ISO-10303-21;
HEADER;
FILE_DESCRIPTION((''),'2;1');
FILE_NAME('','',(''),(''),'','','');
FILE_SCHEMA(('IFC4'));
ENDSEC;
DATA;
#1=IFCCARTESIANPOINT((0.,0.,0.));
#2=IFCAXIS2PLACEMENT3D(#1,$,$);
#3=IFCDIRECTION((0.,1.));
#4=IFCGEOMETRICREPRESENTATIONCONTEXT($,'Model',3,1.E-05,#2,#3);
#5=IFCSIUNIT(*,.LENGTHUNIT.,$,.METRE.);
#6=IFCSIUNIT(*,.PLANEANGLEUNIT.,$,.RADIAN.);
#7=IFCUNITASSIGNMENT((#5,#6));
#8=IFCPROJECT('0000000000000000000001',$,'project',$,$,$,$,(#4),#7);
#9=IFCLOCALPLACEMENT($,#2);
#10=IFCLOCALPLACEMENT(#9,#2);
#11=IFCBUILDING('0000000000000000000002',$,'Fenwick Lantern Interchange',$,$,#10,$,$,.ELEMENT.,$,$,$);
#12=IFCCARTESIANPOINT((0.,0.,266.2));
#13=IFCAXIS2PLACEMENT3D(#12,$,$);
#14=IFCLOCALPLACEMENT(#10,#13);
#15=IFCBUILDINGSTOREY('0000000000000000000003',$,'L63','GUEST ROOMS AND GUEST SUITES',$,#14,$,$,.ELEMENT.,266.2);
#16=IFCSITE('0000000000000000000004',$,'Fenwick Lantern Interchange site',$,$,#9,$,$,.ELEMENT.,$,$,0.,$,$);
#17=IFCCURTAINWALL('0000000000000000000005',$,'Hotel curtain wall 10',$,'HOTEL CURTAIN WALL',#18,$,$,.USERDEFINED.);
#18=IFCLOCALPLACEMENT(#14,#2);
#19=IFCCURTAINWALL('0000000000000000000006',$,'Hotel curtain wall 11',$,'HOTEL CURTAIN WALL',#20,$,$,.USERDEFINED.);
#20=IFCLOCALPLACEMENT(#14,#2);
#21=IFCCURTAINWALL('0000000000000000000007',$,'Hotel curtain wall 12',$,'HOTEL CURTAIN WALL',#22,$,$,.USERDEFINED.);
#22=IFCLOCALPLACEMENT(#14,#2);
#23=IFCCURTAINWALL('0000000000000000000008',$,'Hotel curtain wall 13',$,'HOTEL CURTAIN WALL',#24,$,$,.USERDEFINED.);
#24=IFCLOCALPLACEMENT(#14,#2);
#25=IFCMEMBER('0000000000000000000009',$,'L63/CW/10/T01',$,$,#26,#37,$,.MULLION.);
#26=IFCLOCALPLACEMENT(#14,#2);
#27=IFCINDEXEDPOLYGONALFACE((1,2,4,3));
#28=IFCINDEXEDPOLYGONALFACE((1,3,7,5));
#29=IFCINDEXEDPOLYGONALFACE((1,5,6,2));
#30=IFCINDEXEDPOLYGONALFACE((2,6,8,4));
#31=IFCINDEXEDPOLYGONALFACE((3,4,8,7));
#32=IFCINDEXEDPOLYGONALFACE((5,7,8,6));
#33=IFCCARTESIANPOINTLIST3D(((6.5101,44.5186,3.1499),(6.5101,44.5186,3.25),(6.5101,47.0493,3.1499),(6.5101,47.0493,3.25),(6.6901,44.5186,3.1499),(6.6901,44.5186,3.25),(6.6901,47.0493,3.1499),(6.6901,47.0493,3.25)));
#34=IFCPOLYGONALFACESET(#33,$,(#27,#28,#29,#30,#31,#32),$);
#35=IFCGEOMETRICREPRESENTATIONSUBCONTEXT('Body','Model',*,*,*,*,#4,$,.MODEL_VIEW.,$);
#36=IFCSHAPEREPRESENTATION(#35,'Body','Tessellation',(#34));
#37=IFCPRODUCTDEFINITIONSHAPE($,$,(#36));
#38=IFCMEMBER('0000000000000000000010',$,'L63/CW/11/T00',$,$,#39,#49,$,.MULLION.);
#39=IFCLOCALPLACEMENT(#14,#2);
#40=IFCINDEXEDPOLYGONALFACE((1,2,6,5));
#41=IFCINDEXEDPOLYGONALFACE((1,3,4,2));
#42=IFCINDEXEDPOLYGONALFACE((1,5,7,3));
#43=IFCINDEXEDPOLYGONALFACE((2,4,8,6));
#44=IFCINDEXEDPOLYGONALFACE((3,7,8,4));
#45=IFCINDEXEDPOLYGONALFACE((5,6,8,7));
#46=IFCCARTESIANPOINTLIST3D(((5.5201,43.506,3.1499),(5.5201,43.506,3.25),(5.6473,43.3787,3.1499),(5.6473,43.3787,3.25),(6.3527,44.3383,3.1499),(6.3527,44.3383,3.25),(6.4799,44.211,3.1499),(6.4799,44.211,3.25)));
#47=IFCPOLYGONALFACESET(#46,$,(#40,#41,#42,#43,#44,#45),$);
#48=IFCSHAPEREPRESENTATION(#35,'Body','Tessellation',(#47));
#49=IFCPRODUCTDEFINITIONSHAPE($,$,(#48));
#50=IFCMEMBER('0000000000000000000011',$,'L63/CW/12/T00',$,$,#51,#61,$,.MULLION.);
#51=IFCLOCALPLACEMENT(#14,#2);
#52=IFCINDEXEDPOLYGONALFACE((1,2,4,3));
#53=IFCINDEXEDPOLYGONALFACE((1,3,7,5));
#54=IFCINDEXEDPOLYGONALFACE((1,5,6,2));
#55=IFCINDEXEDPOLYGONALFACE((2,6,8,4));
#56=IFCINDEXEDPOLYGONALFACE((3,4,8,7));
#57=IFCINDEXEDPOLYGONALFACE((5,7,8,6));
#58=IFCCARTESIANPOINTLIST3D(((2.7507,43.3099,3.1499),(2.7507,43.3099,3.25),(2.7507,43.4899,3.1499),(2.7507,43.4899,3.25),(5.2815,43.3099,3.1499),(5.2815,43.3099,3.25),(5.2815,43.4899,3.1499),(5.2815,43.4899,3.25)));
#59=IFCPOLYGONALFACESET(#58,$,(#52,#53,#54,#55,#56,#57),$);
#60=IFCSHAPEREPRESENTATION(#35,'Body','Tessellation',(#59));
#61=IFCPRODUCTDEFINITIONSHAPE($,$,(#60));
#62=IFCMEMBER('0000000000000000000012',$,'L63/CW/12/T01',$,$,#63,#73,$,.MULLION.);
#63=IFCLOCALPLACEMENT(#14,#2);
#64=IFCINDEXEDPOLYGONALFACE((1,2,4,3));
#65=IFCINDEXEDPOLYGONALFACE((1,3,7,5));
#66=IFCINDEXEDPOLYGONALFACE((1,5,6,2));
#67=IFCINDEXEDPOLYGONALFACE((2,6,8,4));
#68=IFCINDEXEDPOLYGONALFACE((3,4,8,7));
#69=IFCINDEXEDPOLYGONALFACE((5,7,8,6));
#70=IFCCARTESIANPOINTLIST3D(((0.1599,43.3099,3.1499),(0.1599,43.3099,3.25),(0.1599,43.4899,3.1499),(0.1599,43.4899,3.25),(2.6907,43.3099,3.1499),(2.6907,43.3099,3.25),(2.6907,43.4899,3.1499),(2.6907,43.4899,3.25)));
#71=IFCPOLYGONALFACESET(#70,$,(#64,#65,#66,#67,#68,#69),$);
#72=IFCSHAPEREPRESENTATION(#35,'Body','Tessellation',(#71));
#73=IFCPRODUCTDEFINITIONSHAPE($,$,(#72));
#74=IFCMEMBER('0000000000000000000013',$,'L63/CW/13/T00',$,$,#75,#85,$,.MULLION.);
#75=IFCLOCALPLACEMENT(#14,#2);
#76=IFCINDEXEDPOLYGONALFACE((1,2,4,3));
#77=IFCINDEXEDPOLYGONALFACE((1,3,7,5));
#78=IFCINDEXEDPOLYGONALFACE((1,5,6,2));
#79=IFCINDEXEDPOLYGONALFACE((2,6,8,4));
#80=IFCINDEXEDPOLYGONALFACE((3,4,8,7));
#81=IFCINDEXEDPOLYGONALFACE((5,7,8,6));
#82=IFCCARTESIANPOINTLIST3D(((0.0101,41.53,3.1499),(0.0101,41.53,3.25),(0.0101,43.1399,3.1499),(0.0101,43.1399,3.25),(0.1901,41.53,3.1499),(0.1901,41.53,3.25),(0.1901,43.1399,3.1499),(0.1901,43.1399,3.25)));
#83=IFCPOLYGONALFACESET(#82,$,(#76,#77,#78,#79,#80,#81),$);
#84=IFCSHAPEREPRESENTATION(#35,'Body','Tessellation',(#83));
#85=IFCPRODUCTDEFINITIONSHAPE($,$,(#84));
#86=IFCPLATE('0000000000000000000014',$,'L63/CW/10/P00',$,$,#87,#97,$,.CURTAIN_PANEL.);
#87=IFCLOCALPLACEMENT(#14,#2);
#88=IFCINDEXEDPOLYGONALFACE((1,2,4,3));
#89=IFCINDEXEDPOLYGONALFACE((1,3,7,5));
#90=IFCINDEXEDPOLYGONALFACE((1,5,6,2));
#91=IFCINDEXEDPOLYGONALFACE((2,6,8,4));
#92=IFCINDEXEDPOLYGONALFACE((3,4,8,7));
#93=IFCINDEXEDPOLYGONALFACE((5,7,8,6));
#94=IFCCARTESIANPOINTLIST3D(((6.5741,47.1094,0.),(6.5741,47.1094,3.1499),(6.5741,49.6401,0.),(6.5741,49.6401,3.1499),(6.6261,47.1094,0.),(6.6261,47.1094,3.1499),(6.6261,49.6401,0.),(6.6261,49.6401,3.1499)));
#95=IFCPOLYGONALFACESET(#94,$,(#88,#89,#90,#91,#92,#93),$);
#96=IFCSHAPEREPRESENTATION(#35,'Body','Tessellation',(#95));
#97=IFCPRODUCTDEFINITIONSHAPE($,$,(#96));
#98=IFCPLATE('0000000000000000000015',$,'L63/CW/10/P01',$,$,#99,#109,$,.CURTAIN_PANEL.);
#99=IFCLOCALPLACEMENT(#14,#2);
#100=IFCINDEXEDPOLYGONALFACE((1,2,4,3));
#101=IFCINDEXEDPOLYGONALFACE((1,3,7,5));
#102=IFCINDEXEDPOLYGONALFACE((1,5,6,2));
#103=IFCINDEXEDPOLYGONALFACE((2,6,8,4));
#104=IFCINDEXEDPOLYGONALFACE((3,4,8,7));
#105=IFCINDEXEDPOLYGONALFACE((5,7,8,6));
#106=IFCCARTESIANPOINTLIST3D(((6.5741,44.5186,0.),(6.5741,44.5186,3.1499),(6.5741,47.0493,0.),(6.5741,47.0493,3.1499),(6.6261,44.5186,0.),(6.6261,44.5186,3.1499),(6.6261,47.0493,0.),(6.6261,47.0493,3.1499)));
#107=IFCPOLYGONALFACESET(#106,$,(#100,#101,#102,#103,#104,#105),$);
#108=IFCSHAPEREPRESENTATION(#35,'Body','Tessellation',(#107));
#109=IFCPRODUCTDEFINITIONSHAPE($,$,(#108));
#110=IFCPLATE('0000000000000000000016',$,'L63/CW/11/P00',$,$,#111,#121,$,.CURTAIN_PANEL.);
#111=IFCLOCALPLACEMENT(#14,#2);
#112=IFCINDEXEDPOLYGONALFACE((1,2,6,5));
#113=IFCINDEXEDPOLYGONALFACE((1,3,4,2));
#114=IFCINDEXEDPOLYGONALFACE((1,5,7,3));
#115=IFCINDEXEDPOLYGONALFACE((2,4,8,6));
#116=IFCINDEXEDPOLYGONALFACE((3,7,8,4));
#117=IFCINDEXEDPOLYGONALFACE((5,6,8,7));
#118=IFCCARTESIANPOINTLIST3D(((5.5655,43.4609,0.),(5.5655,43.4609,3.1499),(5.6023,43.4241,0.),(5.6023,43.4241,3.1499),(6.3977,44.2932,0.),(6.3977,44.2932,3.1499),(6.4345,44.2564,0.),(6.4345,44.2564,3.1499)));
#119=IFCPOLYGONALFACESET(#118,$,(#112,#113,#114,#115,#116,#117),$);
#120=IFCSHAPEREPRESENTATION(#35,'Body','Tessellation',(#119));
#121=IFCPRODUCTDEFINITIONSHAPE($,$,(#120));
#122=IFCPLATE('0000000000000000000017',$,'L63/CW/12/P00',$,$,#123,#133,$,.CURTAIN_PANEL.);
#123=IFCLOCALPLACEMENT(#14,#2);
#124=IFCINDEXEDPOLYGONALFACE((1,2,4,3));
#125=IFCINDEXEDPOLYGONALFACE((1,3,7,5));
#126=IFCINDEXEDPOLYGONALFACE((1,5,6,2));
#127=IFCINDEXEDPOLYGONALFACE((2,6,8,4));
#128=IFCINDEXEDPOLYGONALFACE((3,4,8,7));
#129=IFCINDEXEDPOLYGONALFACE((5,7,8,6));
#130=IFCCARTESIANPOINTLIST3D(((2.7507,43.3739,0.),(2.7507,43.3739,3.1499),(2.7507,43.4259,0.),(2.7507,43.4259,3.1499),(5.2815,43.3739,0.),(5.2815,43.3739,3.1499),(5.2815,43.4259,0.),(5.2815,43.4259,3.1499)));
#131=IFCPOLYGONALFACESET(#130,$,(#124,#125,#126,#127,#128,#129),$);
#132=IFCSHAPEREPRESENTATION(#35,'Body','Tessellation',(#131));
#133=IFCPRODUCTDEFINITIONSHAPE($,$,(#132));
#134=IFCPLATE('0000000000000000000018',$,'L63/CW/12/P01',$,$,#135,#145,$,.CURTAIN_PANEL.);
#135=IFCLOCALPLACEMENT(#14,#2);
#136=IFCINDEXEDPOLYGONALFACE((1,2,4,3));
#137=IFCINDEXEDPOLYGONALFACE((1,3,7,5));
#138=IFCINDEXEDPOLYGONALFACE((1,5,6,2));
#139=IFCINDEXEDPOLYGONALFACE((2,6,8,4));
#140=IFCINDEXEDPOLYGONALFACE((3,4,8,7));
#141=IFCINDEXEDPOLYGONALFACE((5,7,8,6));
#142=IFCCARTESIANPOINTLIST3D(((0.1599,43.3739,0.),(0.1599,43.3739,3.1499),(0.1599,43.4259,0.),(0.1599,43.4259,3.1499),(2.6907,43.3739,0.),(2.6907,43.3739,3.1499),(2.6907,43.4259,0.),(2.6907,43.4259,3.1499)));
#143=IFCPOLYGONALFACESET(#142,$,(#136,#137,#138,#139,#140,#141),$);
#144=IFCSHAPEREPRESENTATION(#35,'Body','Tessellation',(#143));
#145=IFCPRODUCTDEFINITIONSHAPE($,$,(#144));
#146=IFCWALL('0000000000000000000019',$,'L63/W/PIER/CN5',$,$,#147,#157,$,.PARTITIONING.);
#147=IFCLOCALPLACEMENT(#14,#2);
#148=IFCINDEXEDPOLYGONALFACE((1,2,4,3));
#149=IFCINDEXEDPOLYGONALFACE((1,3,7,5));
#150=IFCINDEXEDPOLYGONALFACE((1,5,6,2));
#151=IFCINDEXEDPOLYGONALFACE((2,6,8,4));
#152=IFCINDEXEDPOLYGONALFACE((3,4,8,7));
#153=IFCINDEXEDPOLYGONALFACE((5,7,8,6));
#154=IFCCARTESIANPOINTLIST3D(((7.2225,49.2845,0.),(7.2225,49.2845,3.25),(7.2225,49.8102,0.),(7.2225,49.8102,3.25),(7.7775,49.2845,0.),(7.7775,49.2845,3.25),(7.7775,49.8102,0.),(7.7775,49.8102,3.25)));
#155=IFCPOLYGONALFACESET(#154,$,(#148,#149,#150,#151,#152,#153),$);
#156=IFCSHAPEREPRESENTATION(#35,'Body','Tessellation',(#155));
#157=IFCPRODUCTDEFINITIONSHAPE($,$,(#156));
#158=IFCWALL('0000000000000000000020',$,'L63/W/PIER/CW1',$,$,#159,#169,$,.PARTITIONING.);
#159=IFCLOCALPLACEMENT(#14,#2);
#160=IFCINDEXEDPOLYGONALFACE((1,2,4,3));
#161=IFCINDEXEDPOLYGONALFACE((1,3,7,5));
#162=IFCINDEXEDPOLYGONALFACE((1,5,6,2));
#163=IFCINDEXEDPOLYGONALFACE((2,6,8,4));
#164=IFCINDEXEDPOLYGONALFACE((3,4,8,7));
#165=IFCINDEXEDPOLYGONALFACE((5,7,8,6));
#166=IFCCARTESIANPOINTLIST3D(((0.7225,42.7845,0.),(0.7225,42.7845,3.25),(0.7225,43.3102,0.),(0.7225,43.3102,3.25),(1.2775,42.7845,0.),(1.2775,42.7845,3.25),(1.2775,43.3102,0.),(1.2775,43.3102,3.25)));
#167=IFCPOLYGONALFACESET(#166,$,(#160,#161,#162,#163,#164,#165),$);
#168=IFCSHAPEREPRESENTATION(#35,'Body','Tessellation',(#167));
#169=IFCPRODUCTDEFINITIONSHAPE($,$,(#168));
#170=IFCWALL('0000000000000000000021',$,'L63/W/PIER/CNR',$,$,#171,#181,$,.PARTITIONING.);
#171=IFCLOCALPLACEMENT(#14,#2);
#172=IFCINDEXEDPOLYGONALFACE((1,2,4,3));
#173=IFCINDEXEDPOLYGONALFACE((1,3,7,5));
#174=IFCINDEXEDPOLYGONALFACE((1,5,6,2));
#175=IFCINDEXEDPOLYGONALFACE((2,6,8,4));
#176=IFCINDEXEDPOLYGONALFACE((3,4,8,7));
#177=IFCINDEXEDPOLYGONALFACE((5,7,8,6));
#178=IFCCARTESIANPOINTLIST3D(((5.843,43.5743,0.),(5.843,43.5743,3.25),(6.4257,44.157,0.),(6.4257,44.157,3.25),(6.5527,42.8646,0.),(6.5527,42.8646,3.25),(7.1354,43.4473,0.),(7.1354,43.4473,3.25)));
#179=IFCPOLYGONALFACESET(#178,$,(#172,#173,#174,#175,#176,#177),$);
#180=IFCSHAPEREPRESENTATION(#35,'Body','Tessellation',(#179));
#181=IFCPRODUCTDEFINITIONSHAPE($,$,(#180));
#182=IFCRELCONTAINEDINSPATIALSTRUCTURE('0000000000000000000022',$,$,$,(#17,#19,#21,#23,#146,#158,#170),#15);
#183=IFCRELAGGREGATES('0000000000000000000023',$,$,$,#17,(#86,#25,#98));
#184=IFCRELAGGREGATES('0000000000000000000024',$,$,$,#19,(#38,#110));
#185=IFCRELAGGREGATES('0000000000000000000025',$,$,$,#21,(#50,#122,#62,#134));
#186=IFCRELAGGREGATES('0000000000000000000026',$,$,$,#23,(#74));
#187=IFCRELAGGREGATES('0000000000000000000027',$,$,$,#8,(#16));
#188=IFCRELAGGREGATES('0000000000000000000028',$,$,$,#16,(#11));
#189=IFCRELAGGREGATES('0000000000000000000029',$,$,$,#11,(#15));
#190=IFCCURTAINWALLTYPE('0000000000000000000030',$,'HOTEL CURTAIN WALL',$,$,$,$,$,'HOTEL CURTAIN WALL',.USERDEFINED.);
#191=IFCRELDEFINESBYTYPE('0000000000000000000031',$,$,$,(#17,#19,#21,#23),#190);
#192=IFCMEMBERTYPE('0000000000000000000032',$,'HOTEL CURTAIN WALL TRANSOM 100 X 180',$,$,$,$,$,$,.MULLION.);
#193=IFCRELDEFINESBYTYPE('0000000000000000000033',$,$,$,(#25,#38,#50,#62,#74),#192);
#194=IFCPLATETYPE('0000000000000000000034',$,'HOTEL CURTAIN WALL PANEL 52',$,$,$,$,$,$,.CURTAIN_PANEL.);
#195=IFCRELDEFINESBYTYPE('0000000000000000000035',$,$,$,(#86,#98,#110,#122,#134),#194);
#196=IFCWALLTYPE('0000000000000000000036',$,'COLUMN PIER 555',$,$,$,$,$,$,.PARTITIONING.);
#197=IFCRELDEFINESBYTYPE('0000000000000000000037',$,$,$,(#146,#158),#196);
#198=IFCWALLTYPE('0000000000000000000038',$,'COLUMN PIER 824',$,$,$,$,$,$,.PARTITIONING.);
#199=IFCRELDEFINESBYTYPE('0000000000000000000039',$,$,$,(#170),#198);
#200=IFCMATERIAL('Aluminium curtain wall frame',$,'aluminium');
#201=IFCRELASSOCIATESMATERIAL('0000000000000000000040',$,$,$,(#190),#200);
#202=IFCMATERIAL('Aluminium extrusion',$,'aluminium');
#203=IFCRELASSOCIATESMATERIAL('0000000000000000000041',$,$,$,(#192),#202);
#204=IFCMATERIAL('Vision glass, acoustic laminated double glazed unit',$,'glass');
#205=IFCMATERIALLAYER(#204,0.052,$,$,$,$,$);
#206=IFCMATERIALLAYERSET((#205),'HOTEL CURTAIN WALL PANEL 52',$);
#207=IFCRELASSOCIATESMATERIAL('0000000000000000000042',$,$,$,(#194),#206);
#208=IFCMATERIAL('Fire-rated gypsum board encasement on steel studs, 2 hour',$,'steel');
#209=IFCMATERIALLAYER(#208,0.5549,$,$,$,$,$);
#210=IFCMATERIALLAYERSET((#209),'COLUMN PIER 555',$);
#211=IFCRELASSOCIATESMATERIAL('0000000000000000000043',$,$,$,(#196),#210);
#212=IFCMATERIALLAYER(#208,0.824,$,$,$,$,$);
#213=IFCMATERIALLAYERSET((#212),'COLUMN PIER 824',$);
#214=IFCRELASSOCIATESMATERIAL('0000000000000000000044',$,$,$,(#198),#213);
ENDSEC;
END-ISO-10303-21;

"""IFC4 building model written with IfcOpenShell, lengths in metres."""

from ifc_helpers import new_model, si_unit, direction, frame, frame_2d, origin, origin_2d, place, context, subcontext, project, spatial, rectangle, extrude, material, layer, layer_set, material_profile, profile_set, type_object, element, aggregate, save


model = new_model("IFC4")

# Units and contexts
model_context = context("Model", 3, precision=1e-05, world=origin(), true_north=direction((0.0, 1.0)))
body_context = subcontext(model_context, "Body", "Model", "MODEL_VIEW")
ifc_project = project(units=[si_unit("LENGTHUNIT", "METRE"), si_unit("PLANEANGLEUNIT", "RADIAN")], contexts=[model_context])

# Site, building, storey
site_placement = place(None, origin())
site = spatial("IfcSite", under=ifc_project, at=site_placement, Name="Fenwick Lantern Interchange site", CompositionType="ELEMENT", RefElevation=0.0)
building_placement = place(site_placement, origin())
building = spatial("IfcBuilding", under=site, at=building_placement, Name="Fenwick Lantern Interchange", CompositionType="ELEMENT")
storey_placement = place(building_placement, frame((0.0, 0.0, 266.2)))
storey = spatial("IfcBuildingStorey", under=building, at=storey_placement, Name="L63", Description="GUEST ROOMS AND GUEST SUITES", CompositionType="ELEMENT", Elevation=266.2)

# Shared definitions
ifc_material_1 = material(Name="Aluminium curtain wall frame", Category="aluminium")
curtain_wall_type = type_object("IfcCurtainWallType", Name="HOTEL CURTAIN WALL", ElementType="HOTEL CURTAIN WALL", PredefinedType="USERDEFINED", material=ifc_material_1)
ifc_material_2 = material(Name="Aluminium extrusion", Category="aluminium")

# Curtain walls
curtain_wall_1_placement = place(storey_placement, origin())
curtain_wall_1 = element("IfcCurtainWall", 1, at=curtain_wall_1_placement, inside=storey, type_object=curtain_wall_type, Name="Hotel curtain wall 10", ObjectType="HOTEL CURTAIN WALL", PredefinedType="USERDEFINED")
curtain_wall_2_placement = place(storey_placement, origin())
curtain_wall_2 = element("IfcCurtainWall", 2, at=curtain_wall_2_placement, inside=storey, type_object=curtain_wall_type, Name="Hotel curtain wall 11", ObjectType="HOTEL CURTAIN WALL", PredefinedType="USERDEFINED")
curtain_wall_3_placement = place(storey_placement, origin())
curtain_wall_3 = element("IfcCurtainWall", 3, at=curtain_wall_3_placement, inside=storey, type_object=curtain_wall_type, Name="Hotel curtain wall 12", ObjectType="HOTEL CURTAIN WALL", PredefinedType="USERDEFINED")

# Curtain wall
curtain_wall_4_placement = place(storey_placement, origin())
curtain_wall_4 = element("IfcCurtainWall", 4, at=curtain_wall_4_placement, inside=storey, type_object=curtain_wall_type, Name="Hotel curtain wall 13", ObjectType="HOTEL CURTAIN WALL", PredefinedType="USERDEFINED")

# Members
ifc_material_profile_1 = material_profile(ifc_material_2, rectangle(XDim=0.1799, YDim=0.1001, at=origin_2d()), Name="HOTEL CURTAIN WALL TRANSOM 100 X 180")
ifc_profile_set_1 = profile_set([ifc_material_profile_1], Name="Aluminium extrusion")
member_type_1 = type_object("IfcMemberType", Name="HOTEL CURTAIN WALL TRANSOM 100 X 180", PredefinedType="MULLION", material=ifc_profile_set_1)
member_1_placement = place(storey_placement, frame((6.6001, 47.0493, 3.2), z_axis=(0.0, -1.0, 0.0), x_axis=(1.0, 0.0, 0.0)))
member_1 = element("IfcMember", 5, at=member_1_placement, type_object=member_type_1, Name="L63/CW/10/T01", PredefinedType="MULLION", context=body_context, shape_type="SweptSolid", body=[
    extrude(rectangle(XDim=0.1799, YDim=0.1001, at=origin_2d()), origin(), (0.0, 0.0, 1.0), 2.5308),
])
member_2_placement = place(storey_placement, frame((6.4163, 44.2747, 3.2), z_axis=(-0.70721, -0.707003, 0.0), x_axis=(0.707003, -0.70721, 0.0)))
member_2 = element("IfcMember", 6, at=member_2_placement, type_object=member_type_1, Name="L63/CW/11/T00", PredefinedType="MULLION", context=body_context, shape_type="SweptSolid", body=[
    extrude(rectangle(XDim=0.1799, YDim=0.1001, at=origin_2d()), origin(), (0.0, 0.0, 1.0), 1.1772),
])
member_3_placement = place(storey_placement, frame((5.2815, 43.3999, 3.2), z_axis=(-1.0, 0.0, 0.0), x_axis=(0.0, -1.0, 0.0)))
member_3 = element("IfcMember", 7, at=member_3_placement, type_object=member_type_1, Name="L63/CW/12/T00", PredefinedType="MULLION", context=body_context, shape_type="SweptSolid", body=[
    extrude(rectangle(XDim=0.1799, YDim=0.1001, at=origin_2d()), origin(), (0.0, 0.0, 1.0), 2.5308),
])
member_4_placement = place(storey_placement, frame((2.6907, 43.3999, 3.2), z_axis=(-1.0, 0.0, 0.0), x_axis=(0.0, -1.0, 0.0)))
member_4 = element("IfcMember", 8, at=member_4_placement, type_object=member_type_1, Name="L63/CW/12/T01", PredefinedType="MULLION", context=body_context, shape_type="SweptSolid", body=[
    extrude(rectangle(XDim=0.1799, YDim=0.1001, at=origin_2d()), origin(), (0.0, 0.0, 1.0), 2.5308),
])
member_5_placement = place(storey_placement, frame((0.1001, 43.1399, 3.2), z_axis=(0.0, -1.0, 0.0), x_axis=(1.0, 0.0, 0.0)))
member_5 = element("IfcMember", 9, at=member_5_placement, type_object=member_type_1, Name="L63/CW/13/T00", PredefinedType="MULLION", context=body_context, shape_type="SweptSolid", body=[
    extrude(rectangle(XDim=0.1799, YDim=0.1001, at=origin_2d()), origin(), (0.0, 0.0, 1.0), 1.6099),
])

# Plates
ifc_material_3 = material(Name="Vision glass, acoustic laminated double glazed unit", Category="glass")
ifc_layer_1 = layer(ifc_material_3, 0.052)
ifc_layer_set_1 = layer_set([ifc_layer_1], Name="HOTEL CURTAIN WALL PANEL 52")
plate_type = type_object("IfcPlateType", Name="HOTEL CURTAIN WALL PANEL 52", PredefinedType="CURTAIN_PANEL", material=ifc_layer_set_1)
plate_1_placement = place(storey_placement, frame((6.6001, 48.3748, 0.0), z_axis=(0.0, 0.0, 1.0), x_axis=(0.0, -1.0, 0.0)))
plate_1 = element("IfcPlate", 10, at=plate_1_placement, type_object=plate_type, Name="L63/CW/10/P00", PredefinedType="CURTAIN_PANEL", context=body_context, shape_type="SweptSolid", body=[
    extrude(rectangle(XDim=2.5308, YDim=0.052, at=origin_2d()), origin(), (0.0, 0.0, 1.0), 3.1499),
])
plate_2_placement = place(storey_placement, frame((6.6001, 45.7839, 0.0), z_axis=(0.0, 0.0, 1.0), x_axis=(0.0, -1.0, 0.0)))
plate_2 = element("IfcPlate", 11, at=plate_2_placement, type_object=plate_type, Name="L63/CW/10/P01", PredefinedType="CURTAIN_PANEL", context=body_context, shape_type="SweptSolid", body=[
    extrude(rectangle(XDim=2.5308, YDim=0.052, at=origin_2d()), origin(), (0.0, 0.0, 1.0), 3.1499),
])
aggregate(curtain_wall_1, [plate_1, member_1, plate_2])
plate_3_placement = place(storey_placement, frame((6.0, 43.8586, 0.0), z_axis=(0.0, 0.0, 1.0), x_axis=(-0.707107, -0.707107, 0.0)))
plate_3 = element("IfcPlate", 12, at=plate_3_placement, type_object=plate_type, Name="L63/CW/11/P00", PredefinedType="CURTAIN_PANEL", context=body_context, shape_type="SweptSolid", body=[
    extrude(rectangle(XDim=1.177, YDim=0.052, at=origin_2d()), origin(), (0.0, 0.0, 1.0), 3.1499),
])
aggregate(curtain_wall_2, [member_2, plate_3])
plate_4_placement = place(storey_placement, frame((4.0161, 43.3999, 0.0), z_axis=(0.0, 0.0, 1.0), x_axis=(-1.0, 0.0, 0.0)))
plate_4 = element("IfcPlate", 13, at=plate_4_placement, type_object=plate_type, Name="L63/CW/12/P00", PredefinedType="CURTAIN_PANEL", context=body_context, shape_type="SweptSolid", body=[
    extrude(rectangle(XDim=2.5308, YDim=0.052, at=origin_2d()), origin(), (0.0, 0.0, 1.0), 3.1499),
])
plate_5_placement = place(storey_placement, frame((1.4253, 43.3999, 0.0), z_axis=(0.0, 0.0, 1.0), x_axis=(-1.0, 0.0, 0.0)))
plate_5 = element("IfcPlate", 14, at=plate_5_placement, type_object=plate_type, Name="L63/CW/12/P01", PredefinedType="CURTAIN_PANEL", context=body_context, shape_type="SweptSolid", body=[
    extrude(rectangle(XDim=2.5308, YDim=0.052, at=origin_2d()), origin(), (0.0, 0.0, 1.0), 3.1499),
])
aggregate(curtain_wall_3, [member_3, plate_4, member_4, plate_5])
aggregate(curtain_wall_4, [member_5])

# Walls
ifc_material_4 = material(Name="Fire-rated gypsum board encasement on steel studs, 2 hour", Category="steel")
ifc_layer_2 = layer(ifc_material_4, 0.5549)
ifc_layer_set_2 = layer_set([ifc_layer_2], Name="COLUMN PIER 555")
wall_type_1 = type_object("IfcWallType", Name="COLUMN PIER 555", PredefinedType="PARTITIONING", material=ifc_layer_set_2)
for number, where, z_axis, x_axis, name in (
    (15, (7.5, 49.8101, 0.0), (0.0, 0.0, 1.0), (0.0, -1.0, 0.0), "L63/W/PIER/CN5"),
    (16, (1.0, 43.3101, 0.0), (0.0, 0.0, 1.0), (0.0, -1.0, 0.0), "L63/W/PIER/CW1"),
):
    element("IfcWall", number, at=place(storey_placement, frame(where, z_axis=z_axis, x_axis=x_axis)), inside=storey, type_object=wall_type_1, Name=name, PredefinedType="PARTITIONING", context=body_context, shape_type="SweptSolid", body=[
        extrude(rectangle(XDim=0.5256, YDim=0.5549, at=frame_2d((0.2627, 0.0))), origin(), (0.0, 0.0, 1.0), 3.25),
    ])
ifc_layer_3 = layer(ifc_material_4, 0.824)
ifc_layer_set_3 = layer_set([ifc_layer_3], Name="COLUMN PIER 824")
wall_type_2 = type_object("IfcWallType", Name="COLUMN PIER 824", PredefinedType="PARTITIONING", material=ifc_layer_set_3)
wall_placement = place(storey_placement, frame((6.1343, 43.8657, 0.0), z_axis=(0.0, 0.0, 1.0), x_axis=(0.707107, -0.707107, 0.0)))
element("IfcWall", 17, at=wall_placement, inside=storey, type_object=wall_type_2, Name="L63/W/PIER/CNR", PredefinedType="PARTITIONING", context=body_context, shape_type="SweptSolid", body=[
    extrude(rectangle(XDim=1.0037, YDim=0.824, at=frame_2d((0.502, 0.0))), origin(), (0.0, 0.0, 1.0), 3.25),
])

save(model, "model.ifc")
